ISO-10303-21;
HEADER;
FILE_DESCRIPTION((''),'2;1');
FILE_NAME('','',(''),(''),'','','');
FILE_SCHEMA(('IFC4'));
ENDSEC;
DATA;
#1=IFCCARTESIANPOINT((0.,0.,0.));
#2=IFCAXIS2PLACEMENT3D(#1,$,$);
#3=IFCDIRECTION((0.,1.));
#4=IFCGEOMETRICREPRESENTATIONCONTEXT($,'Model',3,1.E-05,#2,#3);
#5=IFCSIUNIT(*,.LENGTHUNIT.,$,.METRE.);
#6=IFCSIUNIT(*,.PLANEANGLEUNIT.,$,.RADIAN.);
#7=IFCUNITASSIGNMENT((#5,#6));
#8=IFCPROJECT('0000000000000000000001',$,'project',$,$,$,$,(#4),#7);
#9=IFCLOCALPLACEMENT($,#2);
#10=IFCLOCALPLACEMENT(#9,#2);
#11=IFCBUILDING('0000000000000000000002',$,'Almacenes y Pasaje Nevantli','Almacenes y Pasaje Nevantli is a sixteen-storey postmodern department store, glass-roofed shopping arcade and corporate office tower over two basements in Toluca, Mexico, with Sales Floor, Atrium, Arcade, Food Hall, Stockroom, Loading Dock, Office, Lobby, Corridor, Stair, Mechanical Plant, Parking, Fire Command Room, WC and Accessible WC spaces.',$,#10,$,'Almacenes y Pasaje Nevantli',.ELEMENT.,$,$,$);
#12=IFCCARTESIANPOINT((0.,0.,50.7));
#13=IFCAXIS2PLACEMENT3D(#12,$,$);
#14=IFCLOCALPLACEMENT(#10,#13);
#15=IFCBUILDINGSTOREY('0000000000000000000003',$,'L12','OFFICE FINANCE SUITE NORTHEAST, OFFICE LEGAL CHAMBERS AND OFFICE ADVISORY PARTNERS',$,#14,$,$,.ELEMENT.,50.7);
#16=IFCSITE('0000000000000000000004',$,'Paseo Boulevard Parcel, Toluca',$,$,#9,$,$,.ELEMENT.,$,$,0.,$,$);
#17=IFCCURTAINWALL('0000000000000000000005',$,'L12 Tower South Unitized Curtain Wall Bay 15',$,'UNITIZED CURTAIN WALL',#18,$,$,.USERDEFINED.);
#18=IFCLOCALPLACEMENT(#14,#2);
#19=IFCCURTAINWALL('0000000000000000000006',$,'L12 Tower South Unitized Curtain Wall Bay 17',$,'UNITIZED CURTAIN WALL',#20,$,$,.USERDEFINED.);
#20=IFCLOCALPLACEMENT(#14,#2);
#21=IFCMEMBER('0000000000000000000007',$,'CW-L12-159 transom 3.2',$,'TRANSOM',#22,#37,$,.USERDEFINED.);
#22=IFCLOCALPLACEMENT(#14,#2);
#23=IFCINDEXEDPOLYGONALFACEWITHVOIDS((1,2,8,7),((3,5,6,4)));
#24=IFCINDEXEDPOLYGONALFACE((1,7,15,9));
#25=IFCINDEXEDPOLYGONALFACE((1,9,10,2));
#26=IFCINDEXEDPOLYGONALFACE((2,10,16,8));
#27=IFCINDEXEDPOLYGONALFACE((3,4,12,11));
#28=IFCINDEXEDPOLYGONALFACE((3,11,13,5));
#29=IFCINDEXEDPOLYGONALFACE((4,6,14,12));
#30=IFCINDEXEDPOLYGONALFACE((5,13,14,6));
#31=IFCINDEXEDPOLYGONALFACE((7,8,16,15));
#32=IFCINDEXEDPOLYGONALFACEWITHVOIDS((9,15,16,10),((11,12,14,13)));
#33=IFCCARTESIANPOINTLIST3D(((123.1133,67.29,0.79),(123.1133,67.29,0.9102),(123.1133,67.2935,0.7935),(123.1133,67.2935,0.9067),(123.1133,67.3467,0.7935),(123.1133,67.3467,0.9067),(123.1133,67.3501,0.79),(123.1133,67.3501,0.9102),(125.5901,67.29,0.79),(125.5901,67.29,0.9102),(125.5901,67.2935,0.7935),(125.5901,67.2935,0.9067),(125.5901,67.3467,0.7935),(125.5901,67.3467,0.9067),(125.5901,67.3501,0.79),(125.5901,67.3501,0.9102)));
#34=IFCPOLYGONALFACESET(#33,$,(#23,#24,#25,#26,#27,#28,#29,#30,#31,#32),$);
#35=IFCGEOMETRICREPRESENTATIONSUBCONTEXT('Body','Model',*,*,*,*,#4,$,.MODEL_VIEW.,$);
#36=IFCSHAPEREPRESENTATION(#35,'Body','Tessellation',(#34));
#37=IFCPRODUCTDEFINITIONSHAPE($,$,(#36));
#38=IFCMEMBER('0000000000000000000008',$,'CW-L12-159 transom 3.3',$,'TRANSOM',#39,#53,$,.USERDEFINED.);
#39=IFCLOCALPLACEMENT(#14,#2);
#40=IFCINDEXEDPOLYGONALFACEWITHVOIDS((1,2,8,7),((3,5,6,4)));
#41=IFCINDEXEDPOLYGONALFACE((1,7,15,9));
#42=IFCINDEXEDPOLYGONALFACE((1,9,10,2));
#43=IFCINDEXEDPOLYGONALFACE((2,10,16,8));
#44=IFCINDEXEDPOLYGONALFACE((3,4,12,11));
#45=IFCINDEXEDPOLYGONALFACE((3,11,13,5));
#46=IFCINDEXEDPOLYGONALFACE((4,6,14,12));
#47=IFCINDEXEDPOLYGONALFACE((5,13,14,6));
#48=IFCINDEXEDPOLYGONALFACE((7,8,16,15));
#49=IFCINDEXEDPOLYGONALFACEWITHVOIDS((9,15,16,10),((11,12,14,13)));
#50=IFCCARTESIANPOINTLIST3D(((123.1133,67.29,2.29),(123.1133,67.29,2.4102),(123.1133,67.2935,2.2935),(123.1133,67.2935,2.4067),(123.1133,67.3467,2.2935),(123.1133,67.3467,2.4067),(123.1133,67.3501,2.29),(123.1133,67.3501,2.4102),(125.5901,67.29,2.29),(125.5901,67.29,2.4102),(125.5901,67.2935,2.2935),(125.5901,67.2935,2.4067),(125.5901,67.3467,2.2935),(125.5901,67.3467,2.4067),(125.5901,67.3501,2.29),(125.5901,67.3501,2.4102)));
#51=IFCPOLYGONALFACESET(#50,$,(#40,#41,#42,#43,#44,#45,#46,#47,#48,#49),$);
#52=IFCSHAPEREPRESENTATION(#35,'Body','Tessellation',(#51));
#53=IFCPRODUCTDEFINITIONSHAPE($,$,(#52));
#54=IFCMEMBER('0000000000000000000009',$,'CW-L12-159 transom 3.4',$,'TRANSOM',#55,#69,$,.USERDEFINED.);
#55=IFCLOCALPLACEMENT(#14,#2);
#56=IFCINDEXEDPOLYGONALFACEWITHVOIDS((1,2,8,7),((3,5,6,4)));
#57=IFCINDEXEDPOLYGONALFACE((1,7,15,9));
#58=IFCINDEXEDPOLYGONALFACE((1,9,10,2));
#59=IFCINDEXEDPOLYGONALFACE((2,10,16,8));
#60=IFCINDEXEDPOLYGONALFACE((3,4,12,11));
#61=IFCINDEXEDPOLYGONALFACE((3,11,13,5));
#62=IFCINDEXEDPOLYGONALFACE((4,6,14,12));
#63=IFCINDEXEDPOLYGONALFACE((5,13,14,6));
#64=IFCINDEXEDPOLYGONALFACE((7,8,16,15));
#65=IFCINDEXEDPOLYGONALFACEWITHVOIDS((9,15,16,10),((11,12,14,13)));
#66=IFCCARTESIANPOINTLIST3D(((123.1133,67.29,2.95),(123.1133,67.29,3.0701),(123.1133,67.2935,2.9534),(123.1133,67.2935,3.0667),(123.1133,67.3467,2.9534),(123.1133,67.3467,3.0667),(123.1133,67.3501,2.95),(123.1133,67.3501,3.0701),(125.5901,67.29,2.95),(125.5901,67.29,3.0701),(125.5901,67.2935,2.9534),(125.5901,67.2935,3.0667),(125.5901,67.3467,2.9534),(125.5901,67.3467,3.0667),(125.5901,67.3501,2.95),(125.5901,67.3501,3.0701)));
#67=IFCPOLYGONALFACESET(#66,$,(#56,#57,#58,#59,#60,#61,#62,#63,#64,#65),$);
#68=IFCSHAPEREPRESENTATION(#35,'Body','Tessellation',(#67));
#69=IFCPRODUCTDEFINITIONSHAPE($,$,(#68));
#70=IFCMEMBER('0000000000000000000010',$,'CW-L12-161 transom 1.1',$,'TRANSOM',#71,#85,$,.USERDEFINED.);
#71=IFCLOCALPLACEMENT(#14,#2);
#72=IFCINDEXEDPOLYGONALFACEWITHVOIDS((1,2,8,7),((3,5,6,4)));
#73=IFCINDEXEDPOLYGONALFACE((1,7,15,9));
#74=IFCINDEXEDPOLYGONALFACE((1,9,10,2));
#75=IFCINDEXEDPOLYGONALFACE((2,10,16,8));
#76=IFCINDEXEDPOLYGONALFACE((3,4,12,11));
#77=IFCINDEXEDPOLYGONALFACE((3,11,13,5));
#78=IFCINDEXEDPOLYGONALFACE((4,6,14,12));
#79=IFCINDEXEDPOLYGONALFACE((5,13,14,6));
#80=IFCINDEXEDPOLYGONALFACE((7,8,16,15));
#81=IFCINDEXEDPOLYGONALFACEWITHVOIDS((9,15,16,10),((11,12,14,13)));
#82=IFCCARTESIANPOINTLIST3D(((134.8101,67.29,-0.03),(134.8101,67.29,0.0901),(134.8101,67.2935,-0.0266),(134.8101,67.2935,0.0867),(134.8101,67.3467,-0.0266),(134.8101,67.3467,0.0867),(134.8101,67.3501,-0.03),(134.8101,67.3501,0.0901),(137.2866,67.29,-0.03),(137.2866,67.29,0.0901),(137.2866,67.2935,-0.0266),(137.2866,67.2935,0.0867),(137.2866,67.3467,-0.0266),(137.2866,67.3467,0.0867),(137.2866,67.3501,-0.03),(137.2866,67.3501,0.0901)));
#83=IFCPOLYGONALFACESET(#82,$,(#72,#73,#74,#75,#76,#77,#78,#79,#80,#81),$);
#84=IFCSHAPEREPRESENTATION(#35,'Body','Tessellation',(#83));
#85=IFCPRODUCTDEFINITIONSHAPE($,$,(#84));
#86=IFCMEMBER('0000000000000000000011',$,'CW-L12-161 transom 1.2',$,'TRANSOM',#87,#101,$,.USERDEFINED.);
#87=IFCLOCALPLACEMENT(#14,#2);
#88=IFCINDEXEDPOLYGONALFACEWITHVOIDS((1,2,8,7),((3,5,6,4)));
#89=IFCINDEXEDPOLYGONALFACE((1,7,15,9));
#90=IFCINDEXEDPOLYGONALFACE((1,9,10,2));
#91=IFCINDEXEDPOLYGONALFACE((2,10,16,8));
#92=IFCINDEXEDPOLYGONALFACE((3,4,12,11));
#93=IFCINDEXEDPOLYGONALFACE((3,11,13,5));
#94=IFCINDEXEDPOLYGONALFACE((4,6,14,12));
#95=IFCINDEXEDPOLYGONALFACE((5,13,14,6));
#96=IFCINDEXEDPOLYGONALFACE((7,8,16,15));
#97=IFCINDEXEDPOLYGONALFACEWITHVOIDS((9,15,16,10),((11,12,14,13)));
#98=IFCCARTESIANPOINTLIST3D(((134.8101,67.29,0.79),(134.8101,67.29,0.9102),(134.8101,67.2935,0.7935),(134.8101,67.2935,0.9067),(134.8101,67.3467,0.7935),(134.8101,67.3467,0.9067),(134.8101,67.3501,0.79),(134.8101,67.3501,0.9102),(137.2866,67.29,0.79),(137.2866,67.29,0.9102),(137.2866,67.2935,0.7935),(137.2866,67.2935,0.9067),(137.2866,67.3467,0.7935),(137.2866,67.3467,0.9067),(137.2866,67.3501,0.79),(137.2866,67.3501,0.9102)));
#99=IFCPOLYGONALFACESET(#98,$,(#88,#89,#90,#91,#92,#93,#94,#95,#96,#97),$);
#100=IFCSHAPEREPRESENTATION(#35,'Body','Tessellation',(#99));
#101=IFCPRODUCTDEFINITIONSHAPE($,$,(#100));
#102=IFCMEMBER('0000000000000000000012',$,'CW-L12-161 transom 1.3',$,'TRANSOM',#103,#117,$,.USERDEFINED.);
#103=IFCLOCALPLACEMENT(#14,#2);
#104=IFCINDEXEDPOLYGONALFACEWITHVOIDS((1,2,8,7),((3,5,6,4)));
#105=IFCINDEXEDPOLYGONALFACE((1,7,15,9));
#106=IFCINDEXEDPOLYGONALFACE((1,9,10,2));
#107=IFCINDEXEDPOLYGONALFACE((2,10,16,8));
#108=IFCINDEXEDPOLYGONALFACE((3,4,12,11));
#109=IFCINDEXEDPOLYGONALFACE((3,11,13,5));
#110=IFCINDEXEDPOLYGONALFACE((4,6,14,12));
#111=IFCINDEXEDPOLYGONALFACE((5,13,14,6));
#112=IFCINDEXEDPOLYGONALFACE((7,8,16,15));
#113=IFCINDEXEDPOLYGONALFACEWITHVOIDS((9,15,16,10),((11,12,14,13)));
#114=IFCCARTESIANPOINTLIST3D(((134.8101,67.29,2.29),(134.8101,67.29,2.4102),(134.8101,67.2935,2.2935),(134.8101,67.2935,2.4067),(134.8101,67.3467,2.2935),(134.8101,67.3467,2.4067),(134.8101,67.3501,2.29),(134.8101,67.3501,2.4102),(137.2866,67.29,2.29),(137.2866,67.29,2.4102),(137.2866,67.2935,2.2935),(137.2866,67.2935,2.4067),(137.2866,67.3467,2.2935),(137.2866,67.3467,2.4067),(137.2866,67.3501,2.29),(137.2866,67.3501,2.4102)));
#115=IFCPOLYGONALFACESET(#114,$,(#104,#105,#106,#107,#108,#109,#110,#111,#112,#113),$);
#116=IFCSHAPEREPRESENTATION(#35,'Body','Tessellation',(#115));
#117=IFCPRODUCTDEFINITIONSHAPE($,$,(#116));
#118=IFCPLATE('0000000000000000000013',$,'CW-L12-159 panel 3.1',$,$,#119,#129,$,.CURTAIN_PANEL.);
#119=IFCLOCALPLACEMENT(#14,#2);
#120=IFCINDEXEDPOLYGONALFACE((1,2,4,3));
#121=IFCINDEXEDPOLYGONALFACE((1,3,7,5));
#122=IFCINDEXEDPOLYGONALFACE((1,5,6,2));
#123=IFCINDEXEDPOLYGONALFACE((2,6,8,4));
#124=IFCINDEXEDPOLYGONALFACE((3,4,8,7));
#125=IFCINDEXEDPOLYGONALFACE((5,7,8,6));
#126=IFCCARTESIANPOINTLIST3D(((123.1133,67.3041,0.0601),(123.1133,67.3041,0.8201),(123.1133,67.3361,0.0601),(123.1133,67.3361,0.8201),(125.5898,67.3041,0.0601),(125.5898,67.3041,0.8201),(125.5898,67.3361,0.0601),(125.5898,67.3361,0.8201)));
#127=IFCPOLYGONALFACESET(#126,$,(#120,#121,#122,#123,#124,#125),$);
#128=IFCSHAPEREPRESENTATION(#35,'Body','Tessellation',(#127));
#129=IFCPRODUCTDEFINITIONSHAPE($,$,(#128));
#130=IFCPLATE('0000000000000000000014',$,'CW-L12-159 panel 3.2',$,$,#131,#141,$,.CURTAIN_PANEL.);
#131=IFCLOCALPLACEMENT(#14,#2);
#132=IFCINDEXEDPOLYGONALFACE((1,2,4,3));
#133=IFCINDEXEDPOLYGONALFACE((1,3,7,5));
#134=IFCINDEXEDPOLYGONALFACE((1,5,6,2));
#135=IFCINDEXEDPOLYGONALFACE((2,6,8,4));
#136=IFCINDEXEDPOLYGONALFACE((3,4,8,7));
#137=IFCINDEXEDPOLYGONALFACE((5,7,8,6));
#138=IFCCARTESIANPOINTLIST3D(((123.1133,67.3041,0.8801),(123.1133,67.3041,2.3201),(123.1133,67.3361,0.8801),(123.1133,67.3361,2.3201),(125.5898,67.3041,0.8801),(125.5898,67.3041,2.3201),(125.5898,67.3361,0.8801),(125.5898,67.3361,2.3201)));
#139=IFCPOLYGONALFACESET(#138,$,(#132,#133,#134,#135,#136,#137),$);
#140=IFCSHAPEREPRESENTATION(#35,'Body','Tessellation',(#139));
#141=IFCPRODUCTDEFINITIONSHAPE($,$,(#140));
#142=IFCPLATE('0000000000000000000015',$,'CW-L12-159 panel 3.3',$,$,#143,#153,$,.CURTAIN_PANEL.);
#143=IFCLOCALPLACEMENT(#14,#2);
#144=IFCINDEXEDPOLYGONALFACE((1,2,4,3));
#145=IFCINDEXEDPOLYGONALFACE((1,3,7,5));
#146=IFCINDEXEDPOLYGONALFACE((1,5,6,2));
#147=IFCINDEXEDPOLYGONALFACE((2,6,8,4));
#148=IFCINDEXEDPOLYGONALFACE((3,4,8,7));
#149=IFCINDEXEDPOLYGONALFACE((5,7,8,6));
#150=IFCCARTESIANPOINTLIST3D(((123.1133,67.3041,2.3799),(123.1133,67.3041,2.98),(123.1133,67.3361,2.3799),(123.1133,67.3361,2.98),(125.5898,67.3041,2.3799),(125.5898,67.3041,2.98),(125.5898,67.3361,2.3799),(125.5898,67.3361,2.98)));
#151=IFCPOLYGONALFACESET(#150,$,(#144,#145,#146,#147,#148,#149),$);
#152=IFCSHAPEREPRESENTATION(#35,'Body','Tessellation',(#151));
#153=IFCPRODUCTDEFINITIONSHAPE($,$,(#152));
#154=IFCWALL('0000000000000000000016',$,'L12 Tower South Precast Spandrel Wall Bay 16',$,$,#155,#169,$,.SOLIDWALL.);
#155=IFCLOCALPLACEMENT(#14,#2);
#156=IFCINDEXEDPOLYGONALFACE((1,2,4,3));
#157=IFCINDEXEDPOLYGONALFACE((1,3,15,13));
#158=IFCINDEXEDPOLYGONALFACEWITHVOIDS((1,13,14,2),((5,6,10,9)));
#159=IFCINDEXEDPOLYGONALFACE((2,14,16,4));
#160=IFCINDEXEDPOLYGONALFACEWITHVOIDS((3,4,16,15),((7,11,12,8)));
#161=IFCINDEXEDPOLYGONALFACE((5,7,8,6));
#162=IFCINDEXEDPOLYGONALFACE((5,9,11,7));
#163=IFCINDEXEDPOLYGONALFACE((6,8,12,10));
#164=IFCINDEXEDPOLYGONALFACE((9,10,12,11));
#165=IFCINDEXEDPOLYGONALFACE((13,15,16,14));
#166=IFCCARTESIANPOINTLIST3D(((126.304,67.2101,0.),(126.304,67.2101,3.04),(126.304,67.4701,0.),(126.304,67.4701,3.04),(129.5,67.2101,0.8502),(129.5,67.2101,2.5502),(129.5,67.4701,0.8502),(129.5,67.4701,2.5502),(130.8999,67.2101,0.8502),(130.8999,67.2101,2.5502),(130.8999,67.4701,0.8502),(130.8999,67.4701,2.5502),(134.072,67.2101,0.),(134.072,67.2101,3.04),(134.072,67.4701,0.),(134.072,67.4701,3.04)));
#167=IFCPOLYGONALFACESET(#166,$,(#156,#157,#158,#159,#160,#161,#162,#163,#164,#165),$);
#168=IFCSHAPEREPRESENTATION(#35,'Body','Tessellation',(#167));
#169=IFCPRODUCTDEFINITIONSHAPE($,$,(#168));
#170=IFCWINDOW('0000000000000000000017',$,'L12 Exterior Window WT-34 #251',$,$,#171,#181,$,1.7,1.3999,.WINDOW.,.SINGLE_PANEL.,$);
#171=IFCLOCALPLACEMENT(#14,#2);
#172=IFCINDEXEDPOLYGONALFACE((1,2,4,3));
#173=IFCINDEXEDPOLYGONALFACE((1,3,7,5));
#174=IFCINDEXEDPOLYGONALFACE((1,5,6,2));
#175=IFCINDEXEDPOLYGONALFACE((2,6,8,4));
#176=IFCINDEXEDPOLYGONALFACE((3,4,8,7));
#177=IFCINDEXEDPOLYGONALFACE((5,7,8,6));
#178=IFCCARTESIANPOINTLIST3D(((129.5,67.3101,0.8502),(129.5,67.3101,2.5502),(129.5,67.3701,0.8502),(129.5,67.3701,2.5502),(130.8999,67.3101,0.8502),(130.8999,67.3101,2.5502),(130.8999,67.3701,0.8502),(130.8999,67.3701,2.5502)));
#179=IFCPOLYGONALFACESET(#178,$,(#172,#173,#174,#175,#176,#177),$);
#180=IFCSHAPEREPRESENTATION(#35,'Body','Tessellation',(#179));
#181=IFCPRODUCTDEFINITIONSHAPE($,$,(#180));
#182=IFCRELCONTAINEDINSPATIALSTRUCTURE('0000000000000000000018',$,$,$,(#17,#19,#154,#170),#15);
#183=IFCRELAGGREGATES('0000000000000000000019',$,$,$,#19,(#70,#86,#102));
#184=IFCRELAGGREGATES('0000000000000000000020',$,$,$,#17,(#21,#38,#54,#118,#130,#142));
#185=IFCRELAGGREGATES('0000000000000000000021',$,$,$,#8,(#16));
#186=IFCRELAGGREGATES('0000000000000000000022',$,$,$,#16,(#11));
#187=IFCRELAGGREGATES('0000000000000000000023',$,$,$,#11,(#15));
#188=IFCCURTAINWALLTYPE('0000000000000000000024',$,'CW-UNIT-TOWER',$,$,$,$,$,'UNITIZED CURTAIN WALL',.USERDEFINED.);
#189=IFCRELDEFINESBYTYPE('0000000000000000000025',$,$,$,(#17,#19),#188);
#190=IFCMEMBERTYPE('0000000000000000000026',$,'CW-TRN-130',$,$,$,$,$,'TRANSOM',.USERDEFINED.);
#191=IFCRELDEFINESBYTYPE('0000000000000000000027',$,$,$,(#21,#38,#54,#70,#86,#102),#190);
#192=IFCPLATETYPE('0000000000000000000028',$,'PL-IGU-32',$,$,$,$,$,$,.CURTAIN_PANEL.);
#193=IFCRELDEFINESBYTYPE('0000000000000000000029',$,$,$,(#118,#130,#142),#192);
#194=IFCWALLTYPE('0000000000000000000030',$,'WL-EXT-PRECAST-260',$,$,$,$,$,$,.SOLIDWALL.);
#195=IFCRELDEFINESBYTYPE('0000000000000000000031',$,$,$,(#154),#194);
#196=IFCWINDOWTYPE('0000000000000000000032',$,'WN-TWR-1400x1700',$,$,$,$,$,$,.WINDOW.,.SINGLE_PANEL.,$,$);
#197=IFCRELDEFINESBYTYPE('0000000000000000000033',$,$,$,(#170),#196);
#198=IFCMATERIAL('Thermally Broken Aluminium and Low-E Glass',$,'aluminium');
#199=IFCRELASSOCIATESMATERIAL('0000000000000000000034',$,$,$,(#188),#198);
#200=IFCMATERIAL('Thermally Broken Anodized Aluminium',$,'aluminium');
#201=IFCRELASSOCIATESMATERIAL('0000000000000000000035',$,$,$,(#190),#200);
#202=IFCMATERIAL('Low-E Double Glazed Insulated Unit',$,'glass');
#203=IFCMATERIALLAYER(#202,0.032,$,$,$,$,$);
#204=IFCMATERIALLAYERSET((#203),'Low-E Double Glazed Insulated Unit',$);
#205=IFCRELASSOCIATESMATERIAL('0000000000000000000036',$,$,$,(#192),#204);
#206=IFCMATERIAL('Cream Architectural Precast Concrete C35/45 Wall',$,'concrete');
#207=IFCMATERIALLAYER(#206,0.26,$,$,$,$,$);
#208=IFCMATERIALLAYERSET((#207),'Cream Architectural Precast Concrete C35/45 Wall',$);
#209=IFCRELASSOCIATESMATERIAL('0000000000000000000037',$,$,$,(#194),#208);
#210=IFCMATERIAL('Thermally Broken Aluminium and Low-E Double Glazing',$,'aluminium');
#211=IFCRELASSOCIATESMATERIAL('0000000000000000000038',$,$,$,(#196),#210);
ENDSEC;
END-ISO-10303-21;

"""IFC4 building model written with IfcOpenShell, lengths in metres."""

from ifc_helpers import new_model, si_unit, direction, frame, frame_2d, origin, origin_2d, place, context, subcontext, project, spatial, rectangle, hollow_rectangle, extrude, material, layer, layer_set, material_profile, profile_set, type_object, element, fill, aggregate, save


model = new_model("IFC4")

# Units and contexts
model_context = context("Model", 3, precision=1e-05, world=origin(), true_north=direction((0.0, 1.0)))
body_context = subcontext(model_context, "Body", "Model", "MODEL_VIEW")
ifc_project = project(units=[si_unit("LENGTHUNIT", "METRE"), si_unit("PLANEANGLEUNIT", "RADIAN")], contexts=[model_context])

# Site, building, storey
site_placement = place(None, origin())
site = spatial("IfcSite", under=ifc_project, at=site_placement, Name="Paseo Boulevard Parcel, Toluca", CompositionType="ELEMENT", RefElevation=0.0)
building_placement = place(site_placement, origin())
building = spatial("IfcBuilding", under=site, at=building_placement, Name="Almacenes y Pasaje Nevantli", Description="Almacenes y Pasaje Nevantli is a sixteen-storey postmodern department store, glass-roofed shopping arcade and corporate office tower over two basements in Toluca, Mexico, with Sales Floor, Atrium, Arcade, Food Hall, Stockroom, Loading Dock, Office, Lobby, Corridor, Stair, Mechanical Plant, Parking, Fire Command Room, WC and Accessible WC spaces.", LongName="Almacenes y Pasaje Nevantli", CompositionType="ELEMENT")
storey_placement = place(building_placement, frame((0.0, 0.0, 50.7)))
storey = spatial("IfcBuildingStorey", under=building, at=storey_placement, Name="L12", Description="OFFICE FINANCE SUITE NORTHEAST, OFFICE LEGAL CHAMBERS AND OFFICE ADVISORY PARTNERS", CompositionType="ELEMENT", Elevation=50.7)

# Curtain wall
ifc_material_1 = material(Name="Thermally Broken Aluminium and Low-E Glass", Category="aluminium")
curtain_wall_type = type_object("IfcCurtainWallType", Name="CW-UNIT-TOWER", ElementType="UNITIZED CURTAIN WALL", PredefinedType="USERDEFINED", material=ifc_material_1)
curtain_wall_1_placement = place(storey_placement, origin())
curtain_wall_1 = element("IfcCurtainWall", 1, at=curtain_wall_1_placement, inside=storey, type_object=curtain_wall_type, Name="L12 Tower South Unitized Curtain Wall Bay 15", ObjectType="UNITIZED CURTAIN WALL", PredefinedType="USERDEFINED")

# Curtain wall
curtain_wall_2_placement = place(storey_placement, origin())
curtain_wall_2 = element("IfcCurtainWall", 2, at=curtain_wall_2_placement, inside=storey, type_object=curtain_wall_type, Name="L12 Tower South Unitized Curtain Wall Bay 17", ObjectType="UNITIZED CURTAIN WALL", PredefinedType="USERDEFINED")

# Members
ifc_material_2 = material(Name="Thermally Broken Anodized Aluminium", Category="aluminium")
ifc_material_profile_1 = material_profile(ifc_material_2, hollow_rectangle(XDim=0.0601, YDim=0.1201, WallThickness=0.0034, at=origin_2d()), Name="ALU-TRN-60x120")
ifc_profile_set_1 = profile_set([ifc_material_profile_1], Name="Thermally Broken Anodized Aluminium")
member_type_1 = type_object("IfcMemberType", Name="CW-TRN-130", ElementType="TRANSOM", PredefinedType="USERDEFINED", material=ifc_profile_set_1)
member_1_placement = place(storey_placement, frame((123.1133, 67.3201, 0.8501), z_axis=(1.0, 0.0, 0.0), x_axis=(0.0, 1.0, 0.0)))
member_1 = element("IfcMember", 3, at=member_1_placement, type_object=member_type_1, Name="CW-L12-159 transom 3.2", ObjectType="TRANSOM", PredefinedType="USERDEFINED", context=body_context, shape_type="SweptSolid", body=[
    extrude(hollow_rectangle(XDim=0.0601, YDim=0.1201, WallThickness=0.0034, at=origin_2d()), origin(), (0.0, 0.0, 1.0), 2.4768),
])
member_2_placement = place(storey_placement, frame((123.1133, 67.3201, 2.3501), z_axis=(1.0, 0.0, 0.0), x_axis=(0.0, 1.0, 0.0)))
member_2 = element("IfcMember", 4, at=member_2_placement, type_object=member_type_1, Name="CW-L12-159 transom 3.3", ObjectType="TRANSOM", PredefinedType="USERDEFINED", context=body_context, shape_type="SweptSolid", body=[
    extrude(hollow_rectangle(XDim=0.0601, YDim=0.1201, WallThickness=0.0034, at=origin_2d()), origin(), (0.0, 0.0, 1.0), 2.4768),
])
member_3_placement = place(storey_placement, frame((123.1133, 67.3201, 3.01), z_axis=(1.0, 0.0, 0.0), x_axis=(0.0, 1.0, 0.0)))
member_3 = element("IfcMember", 5, at=member_3_placement, type_object=member_type_1, Name="CW-L12-159 transom 3.4", ObjectType="TRANSOM", PredefinedType="USERDEFINED", context=body_context, shape_type="SweptSolid", body=[
    extrude(hollow_rectangle(XDim=0.0601, YDim=0.1201, WallThickness=0.0034, at=origin_2d()), origin(), (0.0, 0.0, 1.0), 2.4768),
])
member_4_placement = place(storey_placement, frame((134.8101, 67.3201, 0.03), z_axis=(1.0, 0.0, 0.0), x_axis=(0.0, 1.0, 0.0)))
member_4 = element("IfcMember", 6, at=member_4_placement, type_object=member_type_1, Name="CW-L12-161 transom 1.1", ObjectType="TRANSOM", PredefinedType="USERDEFINED", context=body_context, shape_type="SweptSolid", body=[
    extrude(hollow_rectangle(XDim=0.0601, YDim=0.1201, WallThickness=0.0034, at=origin_2d()), origin(), (0.0, 0.0, 1.0), 2.4766),
])
member_5_placement = place(storey_placement, frame((134.8101, 67.3201, 0.8501), z_axis=(1.0, 0.0, 0.0), x_axis=(0.0, 1.0, 0.0)))
member_5 = element("IfcMember", 7, at=member_5_placement, type_object=member_type_1, Name="CW-L12-161 transom 1.2", ObjectType="TRANSOM", PredefinedType="USERDEFINED", context=body_context, shape_type="SweptSolid", body=[
    extrude(hollow_rectangle(XDim=0.0601, YDim=0.1201, WallThickness=0.0034, at=origin_2d()), origin(), (0.0, 0.0, 1.0), 2.4766),
])
member_6_placement = place(storey_placement, frame((134.8101, 67.3201, 2.3501), z_axis=(1.0, 0.0, 0.0), x_axis=(0.0, 1.0, 0.0)))
member_6 = element("IfcMember", 8, at=member_6_placement, type_object=member_type_1, Name="CW-L12-161 transom 1.3", ObjectType="TRANSOM", PredefinedType="USERDEFINED", context=body_context, shape_type="SweptSolid", body=[
    extrude(hollow_rectangle(XDim=0.0601, YDim=0.1201, WallThickness=0.0034, at=origin_2d()), origin(), (0.0, 0.0, 1.0), 2.4766),
])
aggregate(curtain_wall_2, [member_4, member_5, member_6])

# Plates
ifc_material_3 = material(Name="Low-E Double Glazed Insulated Unit", Category="glass")
ifc_layer_1 = layer(ifc_material_3, 0.032)
ifc_layer_set_1 = layer_set([ifc_layer_1], Name="Low-E Double Glazed Insulated Unit")
plate_type = type_object("IfcPlateType", Name="PL-IGU-32", PredefinedType="CURTAIN_PANEL", material=ifc_layer_set_1)
plate_1_placement = place(storey_placement, frame((124.3516, 67.3201, 0.0601), z_axis=(0.0, 0.0, 1.0), x_axis=(1.0, 0.0, 0.0)))
plate_1 = element("IfcPlate", 9, at=plate_1_placement, type_object=plate_type, Name="CW-L12-159 panel 3.1", PredefinedType="CURTAIN_PANEL", context=body_context, shape_type="SweptSolid", body=[
    extrude(rectangle(XDim=2.4766, YDim=0.032, at=origin_2d()), origin(), (0.0, 0.0, 1.0), 0.76),
])
plate_2_placement = place(storey_placement, frame((124.3516, 67.3201, 0.8801), z_axis=(0.0, 0.0, 1.0), x_axis=(1.0, 0.0, 0.0)))
plate_2 = element("IfcPlate", 10, at=plate_2_placement, type_object=plate_type, Name="CW-L12-159 panel 3.2", PredefinedType="CURTAIN_PANEL", context=body_context, shape_type="SweptSolid", body=[
    extrude(rectangle(XDim=2.4766, YDim=0.032, at=origin_2d()), origin(), (0.0, 0.0, 1.0), 1.4399),
])
plate_3_placement = place(storey_placement, frame((124.3516, 67.3201, 2.3799), z_axis=(0.0, 0.0, 1.0), x_axis=(1.0, 0.0, 0.0)))
plate_3 = element("IfcPlate", 11, at=plate_3_placement, type_object=plate_type, Name="CW-L12-159 panel 3.3", PredefinedType="CURTAIN_PANEL", context=body_context, shape_type="SweptSolid", body=[
    extrude(rectangle(XDim=2.4766, YDim=0.032, at=origin_2d()), origin(), (0.0, 0.0, 1.0), 0.6001),
])
aggregate(curtain_wall_1, [member_1, member_2, member_3, plate_1, plate_2, plate_3])

# Wall, opening, window
ifc_material_4 = material(Name="Cream Architectural Precast Concrete C35/45 Wall", Category="concrete")
ifc_layer_2 = layer(ifc_material_4, 0.26)
ifc_layer_set_2 = layer_set([ifc_layer_2], Name="Cream Architectural Precast Concrete C35/45 Wall")
wall_type_1 = type_object("IfcWallType", Name="WL-EXT-PRECAST-260", PredefinedType="SOLIDWALL", material=ifc_layer_set_2)
wall_1_placement = place(storey_placement, frame((126.304, 67.3401, 0.0), z_axis=(0.0, 0.0, 1.0), x_axis=(1.0, 0.0, 0.0)))
wall_1 = element("IfcWall", 12, at=wall_1_placement, inside=storey, type_object=wall_type_1, Name="L12 Tower South Precast Spandrel Wall Bay 16", PredefinedType="SOLIDWALL", context=body_context, shape_type="SweptSolid", body=[
    extrude(rectangle(XDim=7.7681, YDim=0.26, at=frame_2d((3.884, 0.0))), origin(), (0.0, 0.0, 1.0), 3.04),
])
opening_1_placement = place(wall_1_placement, frame((3.196, 0.0, 0.8501)))
opening_1 = element("IfcOpeningElement", 13, at=opening_1_placement, cuts=wall_1, PredefinedType="OPENING", context=body_context, shape_type="SweptSolid", body=[
    extrude(rectangle(XDim=1.3999, YDim=1.7, at=frame_2d((0.7, 0.8501))), frame((0.0, 0.1399, 0.0), z_axis=(0.0, -1.0, 0.0), x_axis=(1.0, 0.0, 0.0)), (0.0, 0.0, 1.0), 0.28),
])
ifc_material_5 = material(Name="Thermally Broken Aluminium and Low-E Double Glazing", Category="aluminium")
window_type = type_object("IfcWindowType", Name="WN-TWR-1400x1700", PartitioningType="SINGLE_PANEL", PredefinedType="WINDOW", material=ifc_material_5)
window_placement = place(opening_1_placement, origin())
window = element("IfcWindow", 14, at=window_placement, inside=storey, type_object=window_type, Name="L12 Exterior Window WT-34 #251", OverallHeight=1.7, OverallWidth=1.3999, PartitioningType="SINGLE_PANEL", PredefinedType="WINDOW", context=body_context, shape_type="SweptSolid", body=[
    extrude(rectangle(XDim=1.3999, YDim=1.7, at=frame_2d((0.7, 0.8501))), frame((0.0, 0.03, 0.0), z_axis=(0.0, -1.0, 0.0), x_axis=(1.0, 0.0, 0.0)), (0.0, 0.0, 1.0), 0.0601),
])
fill(opening_1, window)

save(model, "model.ifc")
